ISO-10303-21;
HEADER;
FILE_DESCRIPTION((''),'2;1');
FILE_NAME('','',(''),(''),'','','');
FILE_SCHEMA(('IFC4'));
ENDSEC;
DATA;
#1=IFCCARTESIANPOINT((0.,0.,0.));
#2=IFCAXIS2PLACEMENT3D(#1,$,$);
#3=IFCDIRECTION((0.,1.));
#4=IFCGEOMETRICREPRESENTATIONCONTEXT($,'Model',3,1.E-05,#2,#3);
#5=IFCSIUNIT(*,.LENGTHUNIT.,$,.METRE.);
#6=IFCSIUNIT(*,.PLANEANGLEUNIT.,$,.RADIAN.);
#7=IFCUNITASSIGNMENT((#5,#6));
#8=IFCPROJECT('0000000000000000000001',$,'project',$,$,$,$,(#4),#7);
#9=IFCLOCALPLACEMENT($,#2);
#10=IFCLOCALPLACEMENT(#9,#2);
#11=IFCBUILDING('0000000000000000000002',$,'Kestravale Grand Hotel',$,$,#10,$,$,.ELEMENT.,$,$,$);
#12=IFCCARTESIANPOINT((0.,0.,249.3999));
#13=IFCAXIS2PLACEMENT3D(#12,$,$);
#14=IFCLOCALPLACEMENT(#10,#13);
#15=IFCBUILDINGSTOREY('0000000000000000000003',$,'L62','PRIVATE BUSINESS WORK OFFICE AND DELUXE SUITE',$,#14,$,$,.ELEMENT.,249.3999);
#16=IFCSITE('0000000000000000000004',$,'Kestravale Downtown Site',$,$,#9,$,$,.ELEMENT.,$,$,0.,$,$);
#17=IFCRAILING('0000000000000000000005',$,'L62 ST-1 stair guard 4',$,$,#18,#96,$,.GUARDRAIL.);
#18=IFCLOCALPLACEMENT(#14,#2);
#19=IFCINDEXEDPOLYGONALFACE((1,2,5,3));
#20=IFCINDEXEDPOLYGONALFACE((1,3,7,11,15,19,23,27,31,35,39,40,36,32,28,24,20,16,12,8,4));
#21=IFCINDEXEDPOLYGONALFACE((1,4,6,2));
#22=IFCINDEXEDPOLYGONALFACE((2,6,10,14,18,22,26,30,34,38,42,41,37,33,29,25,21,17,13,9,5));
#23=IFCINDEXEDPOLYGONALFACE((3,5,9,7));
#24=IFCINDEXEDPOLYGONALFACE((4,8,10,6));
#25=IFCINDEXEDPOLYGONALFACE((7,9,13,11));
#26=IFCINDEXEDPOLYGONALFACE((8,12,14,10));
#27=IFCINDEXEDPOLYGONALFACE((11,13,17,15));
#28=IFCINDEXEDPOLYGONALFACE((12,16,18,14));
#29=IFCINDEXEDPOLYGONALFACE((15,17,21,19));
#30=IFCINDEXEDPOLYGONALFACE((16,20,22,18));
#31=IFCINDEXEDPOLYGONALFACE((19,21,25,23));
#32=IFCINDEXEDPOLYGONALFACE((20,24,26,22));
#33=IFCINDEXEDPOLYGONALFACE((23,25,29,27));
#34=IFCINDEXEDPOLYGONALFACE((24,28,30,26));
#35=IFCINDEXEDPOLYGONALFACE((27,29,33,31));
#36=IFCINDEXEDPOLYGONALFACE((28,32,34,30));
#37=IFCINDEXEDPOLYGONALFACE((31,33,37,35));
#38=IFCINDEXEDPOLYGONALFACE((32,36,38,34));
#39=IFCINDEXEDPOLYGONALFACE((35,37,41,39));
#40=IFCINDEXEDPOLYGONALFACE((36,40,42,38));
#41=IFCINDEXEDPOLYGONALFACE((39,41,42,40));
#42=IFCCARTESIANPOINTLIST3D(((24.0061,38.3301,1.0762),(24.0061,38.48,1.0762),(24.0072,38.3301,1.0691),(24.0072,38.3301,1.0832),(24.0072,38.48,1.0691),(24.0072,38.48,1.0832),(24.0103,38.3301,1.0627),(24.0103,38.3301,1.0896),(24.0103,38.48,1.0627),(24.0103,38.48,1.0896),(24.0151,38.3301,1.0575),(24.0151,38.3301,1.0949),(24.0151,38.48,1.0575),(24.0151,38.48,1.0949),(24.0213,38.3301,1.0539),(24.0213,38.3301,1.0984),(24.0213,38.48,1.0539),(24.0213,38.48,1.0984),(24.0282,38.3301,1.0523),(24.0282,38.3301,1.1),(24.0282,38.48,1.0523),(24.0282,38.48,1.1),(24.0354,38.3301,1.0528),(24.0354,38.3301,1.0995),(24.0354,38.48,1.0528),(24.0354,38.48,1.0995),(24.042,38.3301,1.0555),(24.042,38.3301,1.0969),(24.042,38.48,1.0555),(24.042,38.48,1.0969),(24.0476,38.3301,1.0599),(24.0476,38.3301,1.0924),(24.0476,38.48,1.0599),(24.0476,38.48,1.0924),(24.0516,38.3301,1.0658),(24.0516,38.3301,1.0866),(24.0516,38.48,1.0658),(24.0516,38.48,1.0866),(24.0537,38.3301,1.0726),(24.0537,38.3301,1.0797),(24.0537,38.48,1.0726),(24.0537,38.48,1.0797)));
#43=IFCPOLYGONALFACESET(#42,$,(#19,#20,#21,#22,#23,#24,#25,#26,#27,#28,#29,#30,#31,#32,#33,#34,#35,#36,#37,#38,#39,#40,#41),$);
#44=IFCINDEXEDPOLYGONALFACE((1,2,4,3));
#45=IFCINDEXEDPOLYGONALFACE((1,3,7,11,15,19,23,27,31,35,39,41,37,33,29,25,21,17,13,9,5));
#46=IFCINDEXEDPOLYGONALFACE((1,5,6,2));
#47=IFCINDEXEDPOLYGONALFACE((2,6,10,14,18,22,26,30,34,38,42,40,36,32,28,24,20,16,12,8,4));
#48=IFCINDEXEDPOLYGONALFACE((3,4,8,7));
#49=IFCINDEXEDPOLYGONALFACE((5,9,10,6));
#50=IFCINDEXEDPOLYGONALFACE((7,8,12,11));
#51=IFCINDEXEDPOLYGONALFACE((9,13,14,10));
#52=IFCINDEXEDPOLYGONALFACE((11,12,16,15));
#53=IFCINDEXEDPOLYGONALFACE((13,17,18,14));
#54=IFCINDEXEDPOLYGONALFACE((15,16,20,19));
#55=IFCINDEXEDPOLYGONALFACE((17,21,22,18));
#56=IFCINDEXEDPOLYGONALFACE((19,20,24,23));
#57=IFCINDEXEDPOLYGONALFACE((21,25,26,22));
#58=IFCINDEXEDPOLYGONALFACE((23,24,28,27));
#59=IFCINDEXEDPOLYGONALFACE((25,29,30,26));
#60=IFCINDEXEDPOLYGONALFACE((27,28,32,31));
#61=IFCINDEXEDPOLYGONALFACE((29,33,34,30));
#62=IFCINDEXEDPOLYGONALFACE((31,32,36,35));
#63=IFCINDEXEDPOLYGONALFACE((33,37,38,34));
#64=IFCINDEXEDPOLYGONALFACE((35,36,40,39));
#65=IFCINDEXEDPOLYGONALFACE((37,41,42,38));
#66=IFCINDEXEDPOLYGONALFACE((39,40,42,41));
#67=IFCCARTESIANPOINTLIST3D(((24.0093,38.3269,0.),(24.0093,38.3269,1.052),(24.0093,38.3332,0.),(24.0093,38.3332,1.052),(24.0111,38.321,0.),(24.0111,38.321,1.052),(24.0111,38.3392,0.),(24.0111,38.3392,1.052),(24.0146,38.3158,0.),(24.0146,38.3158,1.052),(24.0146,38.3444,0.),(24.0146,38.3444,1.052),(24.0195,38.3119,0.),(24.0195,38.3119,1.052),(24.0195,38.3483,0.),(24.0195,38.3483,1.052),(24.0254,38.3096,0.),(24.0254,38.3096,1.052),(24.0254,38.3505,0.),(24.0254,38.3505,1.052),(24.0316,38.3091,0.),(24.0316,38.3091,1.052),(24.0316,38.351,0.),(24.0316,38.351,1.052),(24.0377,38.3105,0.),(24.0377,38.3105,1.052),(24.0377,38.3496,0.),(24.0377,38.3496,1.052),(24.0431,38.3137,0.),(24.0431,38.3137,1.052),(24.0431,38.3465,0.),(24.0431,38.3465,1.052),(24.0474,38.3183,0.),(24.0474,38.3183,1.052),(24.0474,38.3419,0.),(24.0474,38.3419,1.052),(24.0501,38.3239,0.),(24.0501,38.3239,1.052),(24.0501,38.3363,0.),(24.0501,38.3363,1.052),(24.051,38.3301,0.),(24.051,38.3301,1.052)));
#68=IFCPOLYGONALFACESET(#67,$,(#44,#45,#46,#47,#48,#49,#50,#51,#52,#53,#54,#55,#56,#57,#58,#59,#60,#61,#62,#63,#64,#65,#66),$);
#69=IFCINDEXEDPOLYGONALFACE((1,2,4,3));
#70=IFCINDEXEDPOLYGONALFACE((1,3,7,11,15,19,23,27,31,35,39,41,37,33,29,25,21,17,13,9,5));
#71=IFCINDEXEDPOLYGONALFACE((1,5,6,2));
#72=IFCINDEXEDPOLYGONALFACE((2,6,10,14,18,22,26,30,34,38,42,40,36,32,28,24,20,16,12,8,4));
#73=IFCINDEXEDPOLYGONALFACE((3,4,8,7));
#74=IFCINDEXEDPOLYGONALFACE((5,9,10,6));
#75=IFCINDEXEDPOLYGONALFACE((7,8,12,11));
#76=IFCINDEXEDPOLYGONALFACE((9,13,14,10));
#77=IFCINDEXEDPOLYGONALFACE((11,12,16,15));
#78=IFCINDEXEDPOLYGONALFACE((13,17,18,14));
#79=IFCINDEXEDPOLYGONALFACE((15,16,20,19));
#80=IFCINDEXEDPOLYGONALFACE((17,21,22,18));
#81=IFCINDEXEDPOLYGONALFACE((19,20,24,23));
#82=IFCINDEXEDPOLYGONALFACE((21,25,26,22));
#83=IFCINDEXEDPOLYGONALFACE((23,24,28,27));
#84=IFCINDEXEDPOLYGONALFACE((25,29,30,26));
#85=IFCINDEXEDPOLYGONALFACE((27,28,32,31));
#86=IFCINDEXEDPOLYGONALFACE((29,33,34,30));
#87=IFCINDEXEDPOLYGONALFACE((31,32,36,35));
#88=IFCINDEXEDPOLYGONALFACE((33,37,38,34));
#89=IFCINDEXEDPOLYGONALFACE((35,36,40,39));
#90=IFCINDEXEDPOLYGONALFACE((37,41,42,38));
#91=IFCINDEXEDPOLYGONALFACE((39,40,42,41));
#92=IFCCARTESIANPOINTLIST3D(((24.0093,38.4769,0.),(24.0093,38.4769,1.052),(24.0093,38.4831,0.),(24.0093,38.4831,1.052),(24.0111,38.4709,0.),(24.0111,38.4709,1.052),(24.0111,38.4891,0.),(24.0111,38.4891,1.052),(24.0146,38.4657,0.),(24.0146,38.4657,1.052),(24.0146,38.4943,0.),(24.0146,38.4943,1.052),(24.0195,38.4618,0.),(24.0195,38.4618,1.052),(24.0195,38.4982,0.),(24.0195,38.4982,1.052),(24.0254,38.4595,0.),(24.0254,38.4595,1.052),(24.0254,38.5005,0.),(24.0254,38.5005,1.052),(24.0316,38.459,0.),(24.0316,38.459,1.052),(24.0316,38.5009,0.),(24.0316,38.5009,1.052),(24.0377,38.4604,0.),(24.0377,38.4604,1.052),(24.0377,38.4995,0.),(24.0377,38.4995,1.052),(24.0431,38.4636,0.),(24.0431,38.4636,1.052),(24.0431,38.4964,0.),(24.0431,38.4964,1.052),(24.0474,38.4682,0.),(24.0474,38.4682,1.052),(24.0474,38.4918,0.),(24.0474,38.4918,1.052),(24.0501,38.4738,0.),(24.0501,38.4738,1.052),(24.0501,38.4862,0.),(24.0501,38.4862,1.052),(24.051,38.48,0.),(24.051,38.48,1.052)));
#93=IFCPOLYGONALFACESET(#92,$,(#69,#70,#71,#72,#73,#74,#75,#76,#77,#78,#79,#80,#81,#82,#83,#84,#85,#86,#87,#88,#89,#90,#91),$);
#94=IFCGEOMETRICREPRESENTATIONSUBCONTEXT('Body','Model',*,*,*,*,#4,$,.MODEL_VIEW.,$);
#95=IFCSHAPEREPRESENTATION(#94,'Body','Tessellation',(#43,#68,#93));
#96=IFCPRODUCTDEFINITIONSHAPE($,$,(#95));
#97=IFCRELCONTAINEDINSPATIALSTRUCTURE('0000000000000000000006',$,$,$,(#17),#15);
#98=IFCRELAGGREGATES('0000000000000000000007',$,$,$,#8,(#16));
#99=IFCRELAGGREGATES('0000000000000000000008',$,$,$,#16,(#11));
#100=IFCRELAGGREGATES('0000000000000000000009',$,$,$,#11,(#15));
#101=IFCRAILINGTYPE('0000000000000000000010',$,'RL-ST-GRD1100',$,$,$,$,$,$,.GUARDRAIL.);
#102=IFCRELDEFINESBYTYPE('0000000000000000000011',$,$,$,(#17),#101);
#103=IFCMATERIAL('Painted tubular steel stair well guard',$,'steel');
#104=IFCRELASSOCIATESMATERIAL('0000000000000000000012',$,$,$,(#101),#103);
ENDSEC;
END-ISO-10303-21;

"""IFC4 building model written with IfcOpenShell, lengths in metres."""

from ifc_helpers import new_model, si_unit, direction, frame, origin, origin_2d, place, context, subcontext, project, spatial, circle, extrude, material, type_object, element, save


model = new_model("IFC4")

# Units and contexts
model_context = context("Model", 3, precision=1e-05, world=origin(), true_north=direction((0.0, 1.0)))
body_context = subcontext(model_context, "Body", "Model", "MODEL_VIEW")
ifc_project = project(units=[si_unit("LENGTHUNIT", "METRE"), si_unit("PLANEANGLEUNIT", "RADIAN")], contexts=[model_context])

# Site, building, storey
site_placement = place(None, origin())
site = spatial("IfcSite", under=ifc_project, at=site_placement, Name="Kestravale Downtown Site", CompositionType="ELEMENT", RefElevation=0.0)
building_placement = place(site_placement, origin())
building = spatial("IfcBuilding", under=site, at=building_placement, Name="Kestravale Grand Hotel", CompositionType="ELEMENT")
storey_placement = place(building_placement, frame((0.0, 0.0, 249.3999)))
storey = spatial("IfcBuildingStorey", under=building, at=storey_placement, Name="L62", Description="PRIVATE BUSINESS WORK OFFICE AND DELUXE SUITE", CompositionType="ELEMENT", Elevation=249.3999)

# Railing
ifc_material_1 = material(Name="Painted tubular steel stair well guard", Category="steel")
railing_type_1 = type_object("IfcRailingType", Name="RL-ST-GRD1100", PredefinedType="GUARDRAIL", material=ifc_material_1)
railing_1_placement = place(storey_placement, frame((24.03, 38.3301, 0.0)))
element("IfcRailing", 1, at=railing_1_placement, inside=storey, type_object=railing_type_1, Name="L62 ST-1 stair guard 4", PredefinedType="GUARDRAIL", context=body_context, shape_type="SweptSolid", body=[
    extrude(circle(Radius=0.0239, at=origin_2d()), frame((0.0, 0.0, 1.0762), z_axis=(0.0, 1.0, 0.0), x_axis=(-1.0, 0.0, 0.0)), (0.0, 0.0, 1.0), 0.1499),
    extrude(circle(Radius=0.021, at=origin_2d()), origin(), (0.0, 0.0, 1.0), 1.052),
    extrude(circle(Radius=0.021, at=origin_2d()), frame((0.0, 0.1499, 0.0)), (0.0, 0.0, 1.0), 1.052),
])

save(model, "model.ifc")
